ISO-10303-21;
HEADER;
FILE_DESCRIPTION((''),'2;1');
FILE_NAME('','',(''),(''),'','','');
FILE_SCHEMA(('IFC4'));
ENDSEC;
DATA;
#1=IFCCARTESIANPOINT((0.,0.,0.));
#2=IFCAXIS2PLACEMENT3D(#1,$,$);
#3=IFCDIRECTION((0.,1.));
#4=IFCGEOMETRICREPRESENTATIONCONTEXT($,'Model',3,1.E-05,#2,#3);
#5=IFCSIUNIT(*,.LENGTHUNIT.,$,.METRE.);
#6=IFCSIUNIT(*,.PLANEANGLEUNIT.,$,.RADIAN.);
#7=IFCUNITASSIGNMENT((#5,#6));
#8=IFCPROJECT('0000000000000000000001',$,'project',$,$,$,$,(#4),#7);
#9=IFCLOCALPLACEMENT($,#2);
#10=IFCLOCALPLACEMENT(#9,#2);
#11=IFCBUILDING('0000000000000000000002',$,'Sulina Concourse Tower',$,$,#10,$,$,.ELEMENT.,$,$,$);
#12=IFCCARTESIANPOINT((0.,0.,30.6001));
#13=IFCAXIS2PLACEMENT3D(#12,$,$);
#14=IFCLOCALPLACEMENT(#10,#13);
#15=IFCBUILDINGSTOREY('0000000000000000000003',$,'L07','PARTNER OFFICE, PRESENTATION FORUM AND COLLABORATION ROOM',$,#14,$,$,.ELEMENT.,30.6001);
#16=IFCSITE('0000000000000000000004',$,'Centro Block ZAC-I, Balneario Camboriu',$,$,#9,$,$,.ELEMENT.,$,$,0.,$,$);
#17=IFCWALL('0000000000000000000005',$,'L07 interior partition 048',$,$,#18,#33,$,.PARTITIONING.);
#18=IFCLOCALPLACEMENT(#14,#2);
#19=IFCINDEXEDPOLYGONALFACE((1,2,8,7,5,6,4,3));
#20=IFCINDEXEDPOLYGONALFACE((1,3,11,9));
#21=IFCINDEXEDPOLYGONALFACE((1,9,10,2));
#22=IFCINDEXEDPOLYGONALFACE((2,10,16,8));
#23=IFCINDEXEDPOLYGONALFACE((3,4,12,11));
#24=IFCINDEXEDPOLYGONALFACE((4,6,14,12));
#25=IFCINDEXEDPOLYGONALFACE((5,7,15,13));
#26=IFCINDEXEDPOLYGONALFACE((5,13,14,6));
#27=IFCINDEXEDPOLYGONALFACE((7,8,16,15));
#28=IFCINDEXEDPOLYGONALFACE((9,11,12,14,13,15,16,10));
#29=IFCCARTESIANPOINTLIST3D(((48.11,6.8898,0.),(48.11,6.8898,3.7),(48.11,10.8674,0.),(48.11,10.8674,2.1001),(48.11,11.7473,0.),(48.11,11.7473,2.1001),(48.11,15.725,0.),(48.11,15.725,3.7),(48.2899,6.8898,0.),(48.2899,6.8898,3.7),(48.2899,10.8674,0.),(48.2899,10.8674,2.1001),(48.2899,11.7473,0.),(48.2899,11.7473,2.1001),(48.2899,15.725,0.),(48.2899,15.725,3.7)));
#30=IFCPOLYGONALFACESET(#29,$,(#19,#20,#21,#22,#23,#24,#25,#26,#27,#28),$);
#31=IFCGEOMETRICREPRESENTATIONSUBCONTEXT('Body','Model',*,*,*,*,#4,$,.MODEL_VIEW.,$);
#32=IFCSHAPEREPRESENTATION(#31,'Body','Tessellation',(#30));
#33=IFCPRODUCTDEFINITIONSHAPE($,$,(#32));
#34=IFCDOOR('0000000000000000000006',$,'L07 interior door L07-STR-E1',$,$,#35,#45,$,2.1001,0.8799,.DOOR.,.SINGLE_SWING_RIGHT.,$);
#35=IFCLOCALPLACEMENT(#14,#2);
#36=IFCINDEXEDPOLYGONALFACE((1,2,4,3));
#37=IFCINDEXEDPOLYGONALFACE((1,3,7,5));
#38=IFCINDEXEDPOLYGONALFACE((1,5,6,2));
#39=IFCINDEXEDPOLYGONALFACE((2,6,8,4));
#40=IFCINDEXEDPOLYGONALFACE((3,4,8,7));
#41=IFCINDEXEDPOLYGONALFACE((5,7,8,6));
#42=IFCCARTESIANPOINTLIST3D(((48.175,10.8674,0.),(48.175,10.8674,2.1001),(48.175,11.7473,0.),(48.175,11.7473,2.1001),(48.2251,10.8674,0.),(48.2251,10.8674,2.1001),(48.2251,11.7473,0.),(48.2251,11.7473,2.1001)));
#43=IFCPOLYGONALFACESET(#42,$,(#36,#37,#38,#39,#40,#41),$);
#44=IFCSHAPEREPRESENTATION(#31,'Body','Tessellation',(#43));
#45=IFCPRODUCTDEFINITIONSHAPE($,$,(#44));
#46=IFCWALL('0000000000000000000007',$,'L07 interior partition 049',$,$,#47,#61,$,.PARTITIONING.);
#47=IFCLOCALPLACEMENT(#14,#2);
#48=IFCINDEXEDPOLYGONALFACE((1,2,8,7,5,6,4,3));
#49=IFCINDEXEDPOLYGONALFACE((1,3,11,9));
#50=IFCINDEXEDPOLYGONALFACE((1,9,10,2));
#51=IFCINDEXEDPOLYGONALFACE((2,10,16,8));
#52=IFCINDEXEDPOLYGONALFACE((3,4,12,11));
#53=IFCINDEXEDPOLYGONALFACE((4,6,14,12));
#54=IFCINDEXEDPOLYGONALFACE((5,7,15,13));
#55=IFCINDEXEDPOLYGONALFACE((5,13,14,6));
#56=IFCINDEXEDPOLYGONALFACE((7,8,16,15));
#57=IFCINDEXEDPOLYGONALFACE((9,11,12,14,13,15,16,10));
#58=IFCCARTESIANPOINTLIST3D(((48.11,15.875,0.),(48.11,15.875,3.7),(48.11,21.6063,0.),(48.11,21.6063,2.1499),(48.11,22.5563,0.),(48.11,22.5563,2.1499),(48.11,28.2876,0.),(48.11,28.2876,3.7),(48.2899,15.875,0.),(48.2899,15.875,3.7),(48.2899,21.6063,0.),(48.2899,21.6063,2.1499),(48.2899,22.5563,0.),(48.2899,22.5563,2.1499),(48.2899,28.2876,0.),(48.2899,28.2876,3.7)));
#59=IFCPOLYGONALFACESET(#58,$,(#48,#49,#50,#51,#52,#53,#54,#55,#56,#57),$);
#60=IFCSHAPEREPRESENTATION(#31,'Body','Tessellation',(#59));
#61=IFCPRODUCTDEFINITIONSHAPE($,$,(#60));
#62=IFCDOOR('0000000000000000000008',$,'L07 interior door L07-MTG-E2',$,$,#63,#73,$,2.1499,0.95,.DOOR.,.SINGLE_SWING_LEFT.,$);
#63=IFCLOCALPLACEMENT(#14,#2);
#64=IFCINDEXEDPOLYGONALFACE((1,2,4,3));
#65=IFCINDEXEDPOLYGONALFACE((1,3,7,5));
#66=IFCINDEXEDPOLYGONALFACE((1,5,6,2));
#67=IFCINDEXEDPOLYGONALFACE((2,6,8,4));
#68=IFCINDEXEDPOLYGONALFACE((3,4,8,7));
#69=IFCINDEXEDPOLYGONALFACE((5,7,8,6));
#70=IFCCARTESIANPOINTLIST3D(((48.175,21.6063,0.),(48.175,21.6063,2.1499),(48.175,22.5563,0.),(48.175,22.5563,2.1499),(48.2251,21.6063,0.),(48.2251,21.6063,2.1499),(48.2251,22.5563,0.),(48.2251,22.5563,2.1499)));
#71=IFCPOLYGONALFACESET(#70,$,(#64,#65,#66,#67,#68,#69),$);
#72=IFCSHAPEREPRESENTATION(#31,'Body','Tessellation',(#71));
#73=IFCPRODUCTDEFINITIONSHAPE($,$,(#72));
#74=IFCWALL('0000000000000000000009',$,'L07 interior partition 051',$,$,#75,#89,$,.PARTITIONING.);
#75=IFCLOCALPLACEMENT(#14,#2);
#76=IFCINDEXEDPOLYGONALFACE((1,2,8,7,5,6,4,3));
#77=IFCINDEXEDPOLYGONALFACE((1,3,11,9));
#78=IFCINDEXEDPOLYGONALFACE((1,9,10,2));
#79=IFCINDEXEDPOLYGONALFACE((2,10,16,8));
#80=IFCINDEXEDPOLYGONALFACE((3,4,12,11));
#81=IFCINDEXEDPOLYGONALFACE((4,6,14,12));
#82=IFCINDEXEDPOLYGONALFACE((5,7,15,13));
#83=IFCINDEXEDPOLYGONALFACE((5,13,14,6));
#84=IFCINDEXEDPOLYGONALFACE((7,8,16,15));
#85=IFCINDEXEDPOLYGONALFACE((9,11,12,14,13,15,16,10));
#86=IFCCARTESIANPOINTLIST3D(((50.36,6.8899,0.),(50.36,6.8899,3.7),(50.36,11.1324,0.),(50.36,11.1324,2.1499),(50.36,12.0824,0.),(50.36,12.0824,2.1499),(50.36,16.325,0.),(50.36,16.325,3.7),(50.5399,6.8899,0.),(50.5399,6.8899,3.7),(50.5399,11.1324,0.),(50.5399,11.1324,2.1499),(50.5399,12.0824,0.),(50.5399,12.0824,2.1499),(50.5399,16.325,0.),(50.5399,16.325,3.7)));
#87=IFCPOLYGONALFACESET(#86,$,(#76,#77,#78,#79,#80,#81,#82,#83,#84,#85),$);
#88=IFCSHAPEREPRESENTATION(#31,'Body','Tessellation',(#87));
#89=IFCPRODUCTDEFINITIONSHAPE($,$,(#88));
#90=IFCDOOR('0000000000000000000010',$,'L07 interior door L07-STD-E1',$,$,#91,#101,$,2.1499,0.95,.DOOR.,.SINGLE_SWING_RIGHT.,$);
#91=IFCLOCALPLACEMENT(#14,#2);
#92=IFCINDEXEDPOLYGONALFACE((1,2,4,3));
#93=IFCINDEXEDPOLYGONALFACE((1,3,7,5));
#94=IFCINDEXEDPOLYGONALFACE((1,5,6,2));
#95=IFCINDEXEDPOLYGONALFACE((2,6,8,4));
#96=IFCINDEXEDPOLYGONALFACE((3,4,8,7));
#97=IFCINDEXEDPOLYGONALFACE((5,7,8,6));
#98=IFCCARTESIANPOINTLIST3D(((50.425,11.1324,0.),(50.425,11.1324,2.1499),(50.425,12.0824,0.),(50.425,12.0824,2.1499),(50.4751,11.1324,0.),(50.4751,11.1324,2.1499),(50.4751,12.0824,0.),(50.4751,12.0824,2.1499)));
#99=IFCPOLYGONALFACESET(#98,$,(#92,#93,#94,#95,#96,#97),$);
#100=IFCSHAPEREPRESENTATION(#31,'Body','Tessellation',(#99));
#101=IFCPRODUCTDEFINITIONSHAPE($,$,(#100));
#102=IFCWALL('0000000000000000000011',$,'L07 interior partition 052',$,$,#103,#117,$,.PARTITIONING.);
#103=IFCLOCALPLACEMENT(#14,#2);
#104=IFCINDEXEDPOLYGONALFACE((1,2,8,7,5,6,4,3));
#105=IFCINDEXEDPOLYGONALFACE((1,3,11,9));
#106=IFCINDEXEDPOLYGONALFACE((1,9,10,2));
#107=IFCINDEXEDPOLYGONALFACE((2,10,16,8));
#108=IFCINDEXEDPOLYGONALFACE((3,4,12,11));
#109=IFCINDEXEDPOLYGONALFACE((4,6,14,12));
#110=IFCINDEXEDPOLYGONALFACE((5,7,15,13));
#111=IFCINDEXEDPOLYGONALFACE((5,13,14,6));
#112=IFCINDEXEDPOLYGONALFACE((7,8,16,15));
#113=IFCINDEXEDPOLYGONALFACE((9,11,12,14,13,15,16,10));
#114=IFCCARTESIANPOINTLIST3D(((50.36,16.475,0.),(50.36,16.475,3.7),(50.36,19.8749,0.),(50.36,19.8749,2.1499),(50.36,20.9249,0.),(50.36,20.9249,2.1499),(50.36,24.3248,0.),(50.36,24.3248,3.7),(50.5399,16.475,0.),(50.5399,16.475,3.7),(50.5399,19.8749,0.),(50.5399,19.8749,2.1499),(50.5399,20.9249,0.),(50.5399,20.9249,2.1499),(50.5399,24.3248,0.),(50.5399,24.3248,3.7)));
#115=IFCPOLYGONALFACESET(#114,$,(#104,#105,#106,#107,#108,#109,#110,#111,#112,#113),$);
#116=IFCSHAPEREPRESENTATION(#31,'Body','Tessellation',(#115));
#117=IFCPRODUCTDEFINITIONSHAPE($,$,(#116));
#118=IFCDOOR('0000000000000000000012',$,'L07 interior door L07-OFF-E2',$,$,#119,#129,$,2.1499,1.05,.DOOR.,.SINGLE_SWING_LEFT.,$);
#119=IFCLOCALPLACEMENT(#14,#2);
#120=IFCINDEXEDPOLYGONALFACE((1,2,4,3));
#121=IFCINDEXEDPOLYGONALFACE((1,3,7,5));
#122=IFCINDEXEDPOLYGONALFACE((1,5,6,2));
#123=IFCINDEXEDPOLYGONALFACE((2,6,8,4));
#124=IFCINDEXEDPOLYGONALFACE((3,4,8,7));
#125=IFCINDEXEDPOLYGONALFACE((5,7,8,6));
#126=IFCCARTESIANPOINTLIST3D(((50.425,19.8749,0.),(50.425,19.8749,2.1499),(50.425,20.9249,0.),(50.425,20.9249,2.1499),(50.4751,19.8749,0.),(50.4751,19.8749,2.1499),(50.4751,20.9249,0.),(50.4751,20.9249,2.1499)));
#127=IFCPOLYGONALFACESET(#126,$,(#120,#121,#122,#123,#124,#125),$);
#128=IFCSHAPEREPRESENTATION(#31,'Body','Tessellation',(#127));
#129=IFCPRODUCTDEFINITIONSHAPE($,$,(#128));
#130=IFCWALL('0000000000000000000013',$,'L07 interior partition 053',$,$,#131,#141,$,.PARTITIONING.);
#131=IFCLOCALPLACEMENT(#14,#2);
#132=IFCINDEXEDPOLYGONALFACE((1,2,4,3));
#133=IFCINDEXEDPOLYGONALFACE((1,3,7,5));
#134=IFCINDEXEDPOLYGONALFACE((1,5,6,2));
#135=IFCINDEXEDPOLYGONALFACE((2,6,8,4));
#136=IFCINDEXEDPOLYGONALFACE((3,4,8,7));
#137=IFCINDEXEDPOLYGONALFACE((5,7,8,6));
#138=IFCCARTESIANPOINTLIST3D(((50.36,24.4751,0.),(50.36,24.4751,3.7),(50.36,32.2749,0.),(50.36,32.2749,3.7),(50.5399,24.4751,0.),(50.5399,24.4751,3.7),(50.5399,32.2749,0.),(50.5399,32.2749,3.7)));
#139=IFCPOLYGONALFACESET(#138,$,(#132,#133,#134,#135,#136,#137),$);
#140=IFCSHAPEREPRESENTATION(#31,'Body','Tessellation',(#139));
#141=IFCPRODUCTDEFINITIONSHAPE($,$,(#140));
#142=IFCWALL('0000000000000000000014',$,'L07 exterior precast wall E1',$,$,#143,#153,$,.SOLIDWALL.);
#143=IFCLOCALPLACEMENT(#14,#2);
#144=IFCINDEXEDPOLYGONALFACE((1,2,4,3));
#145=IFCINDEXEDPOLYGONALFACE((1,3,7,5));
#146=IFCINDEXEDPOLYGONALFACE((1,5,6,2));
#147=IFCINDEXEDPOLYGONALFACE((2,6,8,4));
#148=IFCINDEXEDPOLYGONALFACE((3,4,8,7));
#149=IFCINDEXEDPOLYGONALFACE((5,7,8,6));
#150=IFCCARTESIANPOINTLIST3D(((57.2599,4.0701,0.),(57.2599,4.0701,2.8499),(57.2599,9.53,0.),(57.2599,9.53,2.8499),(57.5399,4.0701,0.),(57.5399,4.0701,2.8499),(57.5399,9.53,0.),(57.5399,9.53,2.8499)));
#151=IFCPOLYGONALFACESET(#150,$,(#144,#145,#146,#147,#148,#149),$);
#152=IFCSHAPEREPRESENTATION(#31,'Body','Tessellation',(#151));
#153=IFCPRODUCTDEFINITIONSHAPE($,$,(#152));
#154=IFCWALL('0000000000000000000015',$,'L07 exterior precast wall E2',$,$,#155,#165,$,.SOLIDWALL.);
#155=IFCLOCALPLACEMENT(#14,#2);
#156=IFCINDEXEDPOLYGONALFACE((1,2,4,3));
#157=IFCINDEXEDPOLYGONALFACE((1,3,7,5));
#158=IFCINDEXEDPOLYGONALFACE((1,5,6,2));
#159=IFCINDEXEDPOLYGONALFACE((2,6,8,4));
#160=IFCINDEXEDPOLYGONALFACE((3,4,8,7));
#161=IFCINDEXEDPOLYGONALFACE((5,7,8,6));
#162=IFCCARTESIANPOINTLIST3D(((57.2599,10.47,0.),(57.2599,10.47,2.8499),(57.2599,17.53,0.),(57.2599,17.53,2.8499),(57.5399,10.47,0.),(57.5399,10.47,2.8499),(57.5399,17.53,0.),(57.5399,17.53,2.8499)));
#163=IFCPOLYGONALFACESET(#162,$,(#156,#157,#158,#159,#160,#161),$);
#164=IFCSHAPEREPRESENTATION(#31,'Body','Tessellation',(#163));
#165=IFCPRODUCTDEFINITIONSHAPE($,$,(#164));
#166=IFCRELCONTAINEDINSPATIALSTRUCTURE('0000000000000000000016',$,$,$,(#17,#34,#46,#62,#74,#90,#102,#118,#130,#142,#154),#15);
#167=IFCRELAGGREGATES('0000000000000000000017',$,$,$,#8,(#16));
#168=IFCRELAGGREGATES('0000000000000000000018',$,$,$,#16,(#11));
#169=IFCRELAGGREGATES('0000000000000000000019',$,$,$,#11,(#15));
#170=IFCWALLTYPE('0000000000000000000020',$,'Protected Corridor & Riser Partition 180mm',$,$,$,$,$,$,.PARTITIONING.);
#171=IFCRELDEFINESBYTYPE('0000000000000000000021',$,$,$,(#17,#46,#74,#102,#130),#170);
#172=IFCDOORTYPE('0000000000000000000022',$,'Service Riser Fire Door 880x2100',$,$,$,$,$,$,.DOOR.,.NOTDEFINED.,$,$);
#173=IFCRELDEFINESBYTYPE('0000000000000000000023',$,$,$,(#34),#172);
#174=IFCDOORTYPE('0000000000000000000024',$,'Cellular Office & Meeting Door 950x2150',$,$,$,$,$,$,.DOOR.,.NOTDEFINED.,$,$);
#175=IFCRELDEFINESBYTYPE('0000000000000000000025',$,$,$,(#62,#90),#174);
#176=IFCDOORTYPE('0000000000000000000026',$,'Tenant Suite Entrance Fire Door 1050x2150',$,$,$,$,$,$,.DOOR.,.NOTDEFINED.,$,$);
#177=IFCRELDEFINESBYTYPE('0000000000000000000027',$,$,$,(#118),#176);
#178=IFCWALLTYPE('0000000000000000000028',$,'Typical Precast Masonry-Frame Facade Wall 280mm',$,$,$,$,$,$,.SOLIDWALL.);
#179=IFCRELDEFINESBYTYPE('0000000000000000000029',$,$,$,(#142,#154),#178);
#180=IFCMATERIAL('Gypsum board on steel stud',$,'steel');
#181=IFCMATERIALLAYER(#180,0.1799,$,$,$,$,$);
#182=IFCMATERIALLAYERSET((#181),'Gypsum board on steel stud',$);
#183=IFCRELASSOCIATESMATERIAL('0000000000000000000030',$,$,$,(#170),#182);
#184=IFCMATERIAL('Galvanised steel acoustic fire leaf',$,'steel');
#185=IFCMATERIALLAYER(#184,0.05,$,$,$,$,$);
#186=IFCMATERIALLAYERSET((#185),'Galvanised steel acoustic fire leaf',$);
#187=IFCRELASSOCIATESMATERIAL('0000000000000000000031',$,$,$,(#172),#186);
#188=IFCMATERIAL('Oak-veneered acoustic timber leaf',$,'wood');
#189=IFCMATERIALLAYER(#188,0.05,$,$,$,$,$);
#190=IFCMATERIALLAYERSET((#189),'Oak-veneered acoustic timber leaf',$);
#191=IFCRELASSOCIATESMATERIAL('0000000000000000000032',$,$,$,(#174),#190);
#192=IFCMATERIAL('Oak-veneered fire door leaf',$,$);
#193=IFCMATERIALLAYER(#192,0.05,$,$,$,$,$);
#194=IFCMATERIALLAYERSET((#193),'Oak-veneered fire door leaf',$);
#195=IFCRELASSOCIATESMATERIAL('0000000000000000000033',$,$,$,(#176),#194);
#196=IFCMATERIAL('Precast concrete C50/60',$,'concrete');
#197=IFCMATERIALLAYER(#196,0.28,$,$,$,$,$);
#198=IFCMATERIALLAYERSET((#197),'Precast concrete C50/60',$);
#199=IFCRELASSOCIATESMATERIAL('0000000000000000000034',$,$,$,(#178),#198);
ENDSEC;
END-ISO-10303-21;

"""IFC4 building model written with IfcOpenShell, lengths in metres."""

from ifc_helpers import new_model, si_unit, direction, frame, frame_2d, origin, place, context, subcontext, project, spatial, rectangle, extrude, material, layer, layer_set, type_object, element, fill, save


model = new_model("IFC4")

# Units and contexts
model_context = context("Model", 3, precision=1e-05, world=origin(), true_north=direction((0.0, 1.0)))
body_context = subcontext(model_context, "Body", "Model", "MODEL_VIEW")
ifc_project = project(units=[si_unit("LENGTHUNIT", "METRE"), si_unit("PLANEANGLEUNIT", "RADIAN")], contexts=[model_context])

# Site, building, storey
site_placement = place(None, origin())
site = spatial("IfcSite", under=ifc_project, at=site_placement, Name="Centro Block ZAC-I, Balneario Camboriu", CompositionType="ELEMENT", RefElevation=0.0)
building_placement = place(site_placement, origin())
building = spatial("IfcBuilding", under=site, at=building_placement, Name="Sulina Concourse Tower", CompositionType="ELEMENT")
storey_placement = place(building_placement, frame((0.0, 0.0, 30.6001)))
storey = spatial("IfcBuildingStorey", under=building, at=storey_placement, Name="L07", Description="PARTNER OFFICE, PRESENTATION FORUM AND COLLABORATION ROOM", CompositionType="ELEMENT", Elevation=30.6001)

# Walls, openings, doors
ifc_material_1 = material(Name="Gypsum board on steel stud", Category="steel")
ifc_layer_1 = layer(ifc_material_1, 0.1799)
ifc_layer_set_1 = layer_set([ifc_layer_1], Name="Gypsum board on steel stud")
wall_type_1 = type_object("IfcWallType", Name="Protected Corridor & Riser Partition 180mm", PredefinedType="PARTITIONING", material=ifc_layer_set_1)
wall_1_placement = place(storey_placement, frame((48.2, 6.8899, 0.0), z_axis=(0.0, 0.0, 1.0), x_axis=(0.0, 1.0, 0.0)))
wall_1 = element("IfcWall", 1, at=wall_1_placement, inside=storey, type_object=wall_type_1, Name="L07 interior partition 048", PredefinedType="PARTITIONING", context=body_context, shape_type="SweptSolid", body=[
    extrude(rectangle(XDim=8.8352, YDim=0.1799, at=frame_2d((4.4175, 0.0))), origin(), (0.0, 0.0, 1.0), 3.7),
])
opening_1_placement = place(wall_1_placement, frame((3.9775, 0.0, 0.0)))
opening_1 = element("IfcOpeningElement", 2, at=opening_1_placement, cuts=wall_1, PredefinedType="OPENING", context=body_context, shape_type="SweptSolid", body=[
    extrude(rectangle(XDim=0.8799, YDim=2.1001, at=frame_2d((0.4399, 1.05))), frame((0.0, 0.0999, 0.0), z_axis=(0.0, -1.0, 0.0), x_axis=(1.0, 0.0, 0.0)), (0.0, 0.0, 1.0), 0.2),
])
ifc_material_2 = material(Name="Galvanised steel acoustic fire leaf", Category="steel")
ifc_layer_2 = layer(ifc_material_2, 0.05)
ifc_layer_set_2 = layer_set([ifc_layer_2], Name="Galvanised steel acoustic fire leaf")
door_type_1 = type_object("IfcDoorType", Name="Service Riser Fire Door 880x2100", OperationType="NOTDEFINED", PredefinedType="DOOR", material=ifc_layer_set_2)
door_1_placement = place(opening_1_placement, origin())
door_1 = element("IfcDoor", 3, at=door_1_placement, inside=storey, type_object=door_type_1, Name="L07 interior door L07-STR-E1", OperationType="SINGLE_SWING_RIGHT", OverallHeight=2.1001, OverallWidth=0.8799, PredefinedType="DOOR", context=body_context, shape_type="SweptSolid", body=[
    extrude(rectangle(XDim=0.8799, YDim=2.1001, at=frame_2d((0.4399, 1.05))), frame((0.0, 0.0249, 0.0), z_axis=(0.0, -1.0, 0.0), x_axis=(1.0, 0.0, 0.0)), (0.0, 0.0, 1.0), 0.05),
])
fill(opening_1, door_1)
wall_2_placement = place(storey_placement, frame((48.2, 15.875, 0.0), z_axis=(0.0, 0.0, 1.0), x_axis=(0.0, 1.0, 0.0)))
wall_2 = element("IfcWall", 4, at=wall_2_placement, inside=storey, type_object=wall_type_1, Name="L07 interior partition 049", PredefinedType="PARTITIONING", context=body_context, shape_type="SweptSolid", body=[
    extrude(rectangle(XDim=12.4126, YDim=0.1799, at=frame_2d((6.2063, 0.0))), origin(), (0.0, 0.0, 1.0), 3.7),
])
opening_2_placement = place(wall_2_placement, frame((5.7312, 0.0, 0.0)))
opening_2 = element("IfcOpeningElement", 5, at=opening_2_placement, cuts=wall_2, PredefinedType="OPENING", context=body_context, shape_type="SweptSolid", body=[
    extrude(rectangle(XDim=0.95, YDim=2.1499, at=frame_2d((0.4751, 1.075))), frame((0.0, 0.0999, 0.0), z_axis=(0.0, -1.0, 0.0), x_axis=(1.0, 0.0, 0.0)), (0.0, 0.0, 1.0), 0.2),
])
ifc_material_3 = material(Name="Oak-veneered acoustic timber leaf", Category="wood")
ifc_layer_3 = layer(ifc_material_3, 0.05)
ifc_layer_set_3 = layer_set([ifc_layer_3], Name="Oak-veneered acoustic timber leaf")
door_type_2 = type_object("IfcDoorType", Name="Cellular Office & Meeting Door 950x2150", OperationType="NOTDEFINED", PredefinedType="DOOR", material=ifc_layer_set_3)
door_2_placement = place(opening_2_placement, origin())
door_2 = element("IfcDoor", 6, at=door_2_placement, inside=storey, type_object=door_type_2, Name="L07 interior door L07-MTG-E2", OperationType="SINGLE_SWING_LEFT", OverallHeight=2.1499, OverallWidth=0.95, PredefinedType="DOOR", context=body_context, shape_type="SweptSolid", body=[
    extrude(rectangle(XDim=0.95, YDim=2.1499, at=frame_2d((0.4751, 1.075))), frame((0.0, 0.0249, 0.0), z_axis=(0.0, -1.0, 0.0), x_axis=(1.0, 0.0, 0.0)), (0.0, 0.0, 1.0), 0.05),
])
fill(opening_2, door_2)
wall_3_placement = place(storey_placement, frame((50.45, 6.8899, 0.0), z_axis=(0.0, 0.0, 1.0), x_axis=(0.0, 1.0, 0.0)))
wall_3 = element("IfcWall", 7, at=wall_3_placement, inside=storey, type_object=wall_type_1, Name="L07 interior partition 051", PredefinedType="PARTITIONING", context=body_context, shape_type="SweptSolid", body=[
    extrude(rectangle(XDim=9.4351, YDim=0.1799, at=frame_2d((4.7175, 0.0))), origin(), (0.0, 0.0, 1.0), 3.7),
])
opening_3_placement = place(wall_3_placement, frame((4.2424, 0.0, 0.0)))
opening_3 = element("IfcOpeningElement", 8, at=opening_3_placement, cuts=wall_3, PredefinedType="OPENING", context=body_context, shape_type="SweptSolid", body=[
    extrude(rectangle(XDim=0.95, YDim=2.1499, at=frame_2d((0.4751, 1.075))), frame((0.0, 0.0999, 0.0), z_axis=(0.0, -1.0, 0.0), x_axis=(1.0, 0.0, 0.0)), (0.0, 0.0, 1.0), 0.2),
])
door_3_placement = place(opening_3_placement, origin())
door_3 = element("IfcDoor", 9, at=door_3_placement, inside=storey, type_object=door_type_2, Name="L07 interior door L07-STD-E1", OperationType="SINGLE_SWING_RIGHT", OverallHeight=2.1499, OverallWidth=0.95, PredefinedType="DOOR", context=body_context, shape_type="SweptSolid", body=[
    extrude(rectangle(XDim=0.95, YDim=2.1499, at=frame_2d((0.4751, 1.075))), frame((0.0, 0.0249, 0.0), z_axis=(0.0, -1.0, 0.0), x_axis=(1.0, 0.0, 0.0)), (0.0, 0.0, 1.0), 0.05),
])
fill(opening_3, door_3)
wall_4_placement = place(storey_placement, frame((50.45, 16.4751, 0.0), z_axis=(0.0, 0.0, 1.0), x_axis=(0.0, 1.0, 0.0)))
wall_4 = element("IfcWall", 10, at=wall_4_placement, inside=storey, type_object=wall_type_1, Name="L07 interior partition 052", PredefinedType="PARTITIONING", context=body_context, shape_type="SweptSolid", body=[
    extrude(rectangle(XDim=7.8499, YDim=0.1799, at=frame_2d((3.9248, 0.0))), origin(), (0.0, 0.0, 1.0), 3.7),
])
opening_4_placement = place(wall_4_placement, frame((3.3999, 0.0, 0.0)))
opening_4 = element("IfcOpeningElement", 11, at=opening_4_placement, cuts=wall_4, PredefinedType="OPENING", context=body_context, shape_type="SweptSolid", body=[
    extrude(rectangle(XDim=1.05, YDim=2.1499, at=frame_2d((0.5249, 1.075))), frame((0.0, 0.0999, 0.0), z_axis=(0.0, -1.0, 0.0), x_axis=(1.0, 0.0, 0.0)), (0.0, 0.0, 1.0), 0.2),
])
ifc_material_4 = material(Name="Oak-veneered fire door leaf")
ifc_layer_4 = layer(ifc_material_4, 0.05)
ifc_layer_set_4 = layer_set([ifc_layer_4], Name="Oak-veneered fire door leaf")
door_type_3 = type_object("IfcDoorType", Name="Tenant Suite Entrance Fire Door 1050x2150", OperationType="NOTDEFINED", PredefinedType="DOOR", material=ifc_layer_set_4)
door_4_placement = place(opening_4_placement, origin())
door_4 = element("IfcDoor", 12, at=door_4_placement, inside=storey, type_object=door_type_3, Name="L07 interior door L07-OFF-E2", OperationType="SINGLE_SWING_LEFT", OverallHeight=2.1499, OverallWidth=1.05, PredefinedType="DOOR", context=body_context, shape_type="SweptSolid", body=[
    extrude(rectangle(XDim=1.05, YDim=2.1499, at=frame_2d((0.5249, 1.075))), frame((0.0, 0.0249, 0.0), z_axis=(0.0, -1.0, 0.0), x_axis=(1.0, 0.0, 0.0)), (0.0, 0.0, 1.0), 0.05),
])
fill(opening_4, door_4)

# Walls
wall_5_placement = place(storey_placement, frame((50.45, 24.4751, 0.0), z_axis=(0.0, 0.0, 1.0), x_axis=(0.0, 1.0, 0.0)))
element("IfcWall", 13, at=wall_5_placement, inside=storey, type_object=wall_type_1, Name="L07 interior partition 053", PredefinedType="PARTITIONING", context=body_context, shape_type="SweptSolid", body=[
    extrude(rectangle(XDim=7.7998, YDim=0.1799, at=frame_2d((3.8999, 0.0))), origin(), (0.0, 0.0, 1.0), 3.7),
])
ifc_material_5 = material(Name="Precast concrete C50/60", Category="concrete")
ifc_layer_5 = layer(ifc_material_5, 0.28)
ifc_layer_set_5 = layer_set([ifc_layer_5], Name="Precast concrete C50/60")
wall_type_2 = type_object("IfcWallType", Name="Typical Precast Masonry-Frame Facade Wall 280mm", PredefinedType="SOLIDWALL", material=ifc_layer_set_5)
wall_6_placement = place(storey_placement, frame((57.3999, 9.53, 0.0), z_axis=(0.0, 0.0, 1.0), x_axis=(0.0, -1.0, 0.0)))
element("IfcWall", 14, at=wall_6_placement, inside=storey, type_object=wall_type_2, Name="L07 exterior precast wall E1", PredefinedType="SOLIDWALL", context=body_context, shape_type="SweptSolid", body=[
    extrude(rectangle(XDim=5.46, YDim=0.28, at=frame_2d((2.73, 0.0))), origin(), (0.0, 0.0, 1.0), 2.8499),
])
wall_7_placement = place(storey_placement, frame((57.3999, 17.53, 0.0), z_axis=(0.0, 0.0, 1.0), x_axis=(0.0, -1.0, 0.0)))
element("IfcWall", 15, at=wall_7_placement, inside=storey, type_object=wall_type_2, Name="L07 exterior precast wall E2", PredefinedType="SOLIDWALL", context=body_context, shape_type="SweptSolid", body=[
    extrude(rectangle(XDim=7.0601, YDim=0.28, at=frame_2d((3.53, 0.0))), origin(), (0.0, 0.0, 1.0), 2.8499),
])

save(model, "model.ifc")
